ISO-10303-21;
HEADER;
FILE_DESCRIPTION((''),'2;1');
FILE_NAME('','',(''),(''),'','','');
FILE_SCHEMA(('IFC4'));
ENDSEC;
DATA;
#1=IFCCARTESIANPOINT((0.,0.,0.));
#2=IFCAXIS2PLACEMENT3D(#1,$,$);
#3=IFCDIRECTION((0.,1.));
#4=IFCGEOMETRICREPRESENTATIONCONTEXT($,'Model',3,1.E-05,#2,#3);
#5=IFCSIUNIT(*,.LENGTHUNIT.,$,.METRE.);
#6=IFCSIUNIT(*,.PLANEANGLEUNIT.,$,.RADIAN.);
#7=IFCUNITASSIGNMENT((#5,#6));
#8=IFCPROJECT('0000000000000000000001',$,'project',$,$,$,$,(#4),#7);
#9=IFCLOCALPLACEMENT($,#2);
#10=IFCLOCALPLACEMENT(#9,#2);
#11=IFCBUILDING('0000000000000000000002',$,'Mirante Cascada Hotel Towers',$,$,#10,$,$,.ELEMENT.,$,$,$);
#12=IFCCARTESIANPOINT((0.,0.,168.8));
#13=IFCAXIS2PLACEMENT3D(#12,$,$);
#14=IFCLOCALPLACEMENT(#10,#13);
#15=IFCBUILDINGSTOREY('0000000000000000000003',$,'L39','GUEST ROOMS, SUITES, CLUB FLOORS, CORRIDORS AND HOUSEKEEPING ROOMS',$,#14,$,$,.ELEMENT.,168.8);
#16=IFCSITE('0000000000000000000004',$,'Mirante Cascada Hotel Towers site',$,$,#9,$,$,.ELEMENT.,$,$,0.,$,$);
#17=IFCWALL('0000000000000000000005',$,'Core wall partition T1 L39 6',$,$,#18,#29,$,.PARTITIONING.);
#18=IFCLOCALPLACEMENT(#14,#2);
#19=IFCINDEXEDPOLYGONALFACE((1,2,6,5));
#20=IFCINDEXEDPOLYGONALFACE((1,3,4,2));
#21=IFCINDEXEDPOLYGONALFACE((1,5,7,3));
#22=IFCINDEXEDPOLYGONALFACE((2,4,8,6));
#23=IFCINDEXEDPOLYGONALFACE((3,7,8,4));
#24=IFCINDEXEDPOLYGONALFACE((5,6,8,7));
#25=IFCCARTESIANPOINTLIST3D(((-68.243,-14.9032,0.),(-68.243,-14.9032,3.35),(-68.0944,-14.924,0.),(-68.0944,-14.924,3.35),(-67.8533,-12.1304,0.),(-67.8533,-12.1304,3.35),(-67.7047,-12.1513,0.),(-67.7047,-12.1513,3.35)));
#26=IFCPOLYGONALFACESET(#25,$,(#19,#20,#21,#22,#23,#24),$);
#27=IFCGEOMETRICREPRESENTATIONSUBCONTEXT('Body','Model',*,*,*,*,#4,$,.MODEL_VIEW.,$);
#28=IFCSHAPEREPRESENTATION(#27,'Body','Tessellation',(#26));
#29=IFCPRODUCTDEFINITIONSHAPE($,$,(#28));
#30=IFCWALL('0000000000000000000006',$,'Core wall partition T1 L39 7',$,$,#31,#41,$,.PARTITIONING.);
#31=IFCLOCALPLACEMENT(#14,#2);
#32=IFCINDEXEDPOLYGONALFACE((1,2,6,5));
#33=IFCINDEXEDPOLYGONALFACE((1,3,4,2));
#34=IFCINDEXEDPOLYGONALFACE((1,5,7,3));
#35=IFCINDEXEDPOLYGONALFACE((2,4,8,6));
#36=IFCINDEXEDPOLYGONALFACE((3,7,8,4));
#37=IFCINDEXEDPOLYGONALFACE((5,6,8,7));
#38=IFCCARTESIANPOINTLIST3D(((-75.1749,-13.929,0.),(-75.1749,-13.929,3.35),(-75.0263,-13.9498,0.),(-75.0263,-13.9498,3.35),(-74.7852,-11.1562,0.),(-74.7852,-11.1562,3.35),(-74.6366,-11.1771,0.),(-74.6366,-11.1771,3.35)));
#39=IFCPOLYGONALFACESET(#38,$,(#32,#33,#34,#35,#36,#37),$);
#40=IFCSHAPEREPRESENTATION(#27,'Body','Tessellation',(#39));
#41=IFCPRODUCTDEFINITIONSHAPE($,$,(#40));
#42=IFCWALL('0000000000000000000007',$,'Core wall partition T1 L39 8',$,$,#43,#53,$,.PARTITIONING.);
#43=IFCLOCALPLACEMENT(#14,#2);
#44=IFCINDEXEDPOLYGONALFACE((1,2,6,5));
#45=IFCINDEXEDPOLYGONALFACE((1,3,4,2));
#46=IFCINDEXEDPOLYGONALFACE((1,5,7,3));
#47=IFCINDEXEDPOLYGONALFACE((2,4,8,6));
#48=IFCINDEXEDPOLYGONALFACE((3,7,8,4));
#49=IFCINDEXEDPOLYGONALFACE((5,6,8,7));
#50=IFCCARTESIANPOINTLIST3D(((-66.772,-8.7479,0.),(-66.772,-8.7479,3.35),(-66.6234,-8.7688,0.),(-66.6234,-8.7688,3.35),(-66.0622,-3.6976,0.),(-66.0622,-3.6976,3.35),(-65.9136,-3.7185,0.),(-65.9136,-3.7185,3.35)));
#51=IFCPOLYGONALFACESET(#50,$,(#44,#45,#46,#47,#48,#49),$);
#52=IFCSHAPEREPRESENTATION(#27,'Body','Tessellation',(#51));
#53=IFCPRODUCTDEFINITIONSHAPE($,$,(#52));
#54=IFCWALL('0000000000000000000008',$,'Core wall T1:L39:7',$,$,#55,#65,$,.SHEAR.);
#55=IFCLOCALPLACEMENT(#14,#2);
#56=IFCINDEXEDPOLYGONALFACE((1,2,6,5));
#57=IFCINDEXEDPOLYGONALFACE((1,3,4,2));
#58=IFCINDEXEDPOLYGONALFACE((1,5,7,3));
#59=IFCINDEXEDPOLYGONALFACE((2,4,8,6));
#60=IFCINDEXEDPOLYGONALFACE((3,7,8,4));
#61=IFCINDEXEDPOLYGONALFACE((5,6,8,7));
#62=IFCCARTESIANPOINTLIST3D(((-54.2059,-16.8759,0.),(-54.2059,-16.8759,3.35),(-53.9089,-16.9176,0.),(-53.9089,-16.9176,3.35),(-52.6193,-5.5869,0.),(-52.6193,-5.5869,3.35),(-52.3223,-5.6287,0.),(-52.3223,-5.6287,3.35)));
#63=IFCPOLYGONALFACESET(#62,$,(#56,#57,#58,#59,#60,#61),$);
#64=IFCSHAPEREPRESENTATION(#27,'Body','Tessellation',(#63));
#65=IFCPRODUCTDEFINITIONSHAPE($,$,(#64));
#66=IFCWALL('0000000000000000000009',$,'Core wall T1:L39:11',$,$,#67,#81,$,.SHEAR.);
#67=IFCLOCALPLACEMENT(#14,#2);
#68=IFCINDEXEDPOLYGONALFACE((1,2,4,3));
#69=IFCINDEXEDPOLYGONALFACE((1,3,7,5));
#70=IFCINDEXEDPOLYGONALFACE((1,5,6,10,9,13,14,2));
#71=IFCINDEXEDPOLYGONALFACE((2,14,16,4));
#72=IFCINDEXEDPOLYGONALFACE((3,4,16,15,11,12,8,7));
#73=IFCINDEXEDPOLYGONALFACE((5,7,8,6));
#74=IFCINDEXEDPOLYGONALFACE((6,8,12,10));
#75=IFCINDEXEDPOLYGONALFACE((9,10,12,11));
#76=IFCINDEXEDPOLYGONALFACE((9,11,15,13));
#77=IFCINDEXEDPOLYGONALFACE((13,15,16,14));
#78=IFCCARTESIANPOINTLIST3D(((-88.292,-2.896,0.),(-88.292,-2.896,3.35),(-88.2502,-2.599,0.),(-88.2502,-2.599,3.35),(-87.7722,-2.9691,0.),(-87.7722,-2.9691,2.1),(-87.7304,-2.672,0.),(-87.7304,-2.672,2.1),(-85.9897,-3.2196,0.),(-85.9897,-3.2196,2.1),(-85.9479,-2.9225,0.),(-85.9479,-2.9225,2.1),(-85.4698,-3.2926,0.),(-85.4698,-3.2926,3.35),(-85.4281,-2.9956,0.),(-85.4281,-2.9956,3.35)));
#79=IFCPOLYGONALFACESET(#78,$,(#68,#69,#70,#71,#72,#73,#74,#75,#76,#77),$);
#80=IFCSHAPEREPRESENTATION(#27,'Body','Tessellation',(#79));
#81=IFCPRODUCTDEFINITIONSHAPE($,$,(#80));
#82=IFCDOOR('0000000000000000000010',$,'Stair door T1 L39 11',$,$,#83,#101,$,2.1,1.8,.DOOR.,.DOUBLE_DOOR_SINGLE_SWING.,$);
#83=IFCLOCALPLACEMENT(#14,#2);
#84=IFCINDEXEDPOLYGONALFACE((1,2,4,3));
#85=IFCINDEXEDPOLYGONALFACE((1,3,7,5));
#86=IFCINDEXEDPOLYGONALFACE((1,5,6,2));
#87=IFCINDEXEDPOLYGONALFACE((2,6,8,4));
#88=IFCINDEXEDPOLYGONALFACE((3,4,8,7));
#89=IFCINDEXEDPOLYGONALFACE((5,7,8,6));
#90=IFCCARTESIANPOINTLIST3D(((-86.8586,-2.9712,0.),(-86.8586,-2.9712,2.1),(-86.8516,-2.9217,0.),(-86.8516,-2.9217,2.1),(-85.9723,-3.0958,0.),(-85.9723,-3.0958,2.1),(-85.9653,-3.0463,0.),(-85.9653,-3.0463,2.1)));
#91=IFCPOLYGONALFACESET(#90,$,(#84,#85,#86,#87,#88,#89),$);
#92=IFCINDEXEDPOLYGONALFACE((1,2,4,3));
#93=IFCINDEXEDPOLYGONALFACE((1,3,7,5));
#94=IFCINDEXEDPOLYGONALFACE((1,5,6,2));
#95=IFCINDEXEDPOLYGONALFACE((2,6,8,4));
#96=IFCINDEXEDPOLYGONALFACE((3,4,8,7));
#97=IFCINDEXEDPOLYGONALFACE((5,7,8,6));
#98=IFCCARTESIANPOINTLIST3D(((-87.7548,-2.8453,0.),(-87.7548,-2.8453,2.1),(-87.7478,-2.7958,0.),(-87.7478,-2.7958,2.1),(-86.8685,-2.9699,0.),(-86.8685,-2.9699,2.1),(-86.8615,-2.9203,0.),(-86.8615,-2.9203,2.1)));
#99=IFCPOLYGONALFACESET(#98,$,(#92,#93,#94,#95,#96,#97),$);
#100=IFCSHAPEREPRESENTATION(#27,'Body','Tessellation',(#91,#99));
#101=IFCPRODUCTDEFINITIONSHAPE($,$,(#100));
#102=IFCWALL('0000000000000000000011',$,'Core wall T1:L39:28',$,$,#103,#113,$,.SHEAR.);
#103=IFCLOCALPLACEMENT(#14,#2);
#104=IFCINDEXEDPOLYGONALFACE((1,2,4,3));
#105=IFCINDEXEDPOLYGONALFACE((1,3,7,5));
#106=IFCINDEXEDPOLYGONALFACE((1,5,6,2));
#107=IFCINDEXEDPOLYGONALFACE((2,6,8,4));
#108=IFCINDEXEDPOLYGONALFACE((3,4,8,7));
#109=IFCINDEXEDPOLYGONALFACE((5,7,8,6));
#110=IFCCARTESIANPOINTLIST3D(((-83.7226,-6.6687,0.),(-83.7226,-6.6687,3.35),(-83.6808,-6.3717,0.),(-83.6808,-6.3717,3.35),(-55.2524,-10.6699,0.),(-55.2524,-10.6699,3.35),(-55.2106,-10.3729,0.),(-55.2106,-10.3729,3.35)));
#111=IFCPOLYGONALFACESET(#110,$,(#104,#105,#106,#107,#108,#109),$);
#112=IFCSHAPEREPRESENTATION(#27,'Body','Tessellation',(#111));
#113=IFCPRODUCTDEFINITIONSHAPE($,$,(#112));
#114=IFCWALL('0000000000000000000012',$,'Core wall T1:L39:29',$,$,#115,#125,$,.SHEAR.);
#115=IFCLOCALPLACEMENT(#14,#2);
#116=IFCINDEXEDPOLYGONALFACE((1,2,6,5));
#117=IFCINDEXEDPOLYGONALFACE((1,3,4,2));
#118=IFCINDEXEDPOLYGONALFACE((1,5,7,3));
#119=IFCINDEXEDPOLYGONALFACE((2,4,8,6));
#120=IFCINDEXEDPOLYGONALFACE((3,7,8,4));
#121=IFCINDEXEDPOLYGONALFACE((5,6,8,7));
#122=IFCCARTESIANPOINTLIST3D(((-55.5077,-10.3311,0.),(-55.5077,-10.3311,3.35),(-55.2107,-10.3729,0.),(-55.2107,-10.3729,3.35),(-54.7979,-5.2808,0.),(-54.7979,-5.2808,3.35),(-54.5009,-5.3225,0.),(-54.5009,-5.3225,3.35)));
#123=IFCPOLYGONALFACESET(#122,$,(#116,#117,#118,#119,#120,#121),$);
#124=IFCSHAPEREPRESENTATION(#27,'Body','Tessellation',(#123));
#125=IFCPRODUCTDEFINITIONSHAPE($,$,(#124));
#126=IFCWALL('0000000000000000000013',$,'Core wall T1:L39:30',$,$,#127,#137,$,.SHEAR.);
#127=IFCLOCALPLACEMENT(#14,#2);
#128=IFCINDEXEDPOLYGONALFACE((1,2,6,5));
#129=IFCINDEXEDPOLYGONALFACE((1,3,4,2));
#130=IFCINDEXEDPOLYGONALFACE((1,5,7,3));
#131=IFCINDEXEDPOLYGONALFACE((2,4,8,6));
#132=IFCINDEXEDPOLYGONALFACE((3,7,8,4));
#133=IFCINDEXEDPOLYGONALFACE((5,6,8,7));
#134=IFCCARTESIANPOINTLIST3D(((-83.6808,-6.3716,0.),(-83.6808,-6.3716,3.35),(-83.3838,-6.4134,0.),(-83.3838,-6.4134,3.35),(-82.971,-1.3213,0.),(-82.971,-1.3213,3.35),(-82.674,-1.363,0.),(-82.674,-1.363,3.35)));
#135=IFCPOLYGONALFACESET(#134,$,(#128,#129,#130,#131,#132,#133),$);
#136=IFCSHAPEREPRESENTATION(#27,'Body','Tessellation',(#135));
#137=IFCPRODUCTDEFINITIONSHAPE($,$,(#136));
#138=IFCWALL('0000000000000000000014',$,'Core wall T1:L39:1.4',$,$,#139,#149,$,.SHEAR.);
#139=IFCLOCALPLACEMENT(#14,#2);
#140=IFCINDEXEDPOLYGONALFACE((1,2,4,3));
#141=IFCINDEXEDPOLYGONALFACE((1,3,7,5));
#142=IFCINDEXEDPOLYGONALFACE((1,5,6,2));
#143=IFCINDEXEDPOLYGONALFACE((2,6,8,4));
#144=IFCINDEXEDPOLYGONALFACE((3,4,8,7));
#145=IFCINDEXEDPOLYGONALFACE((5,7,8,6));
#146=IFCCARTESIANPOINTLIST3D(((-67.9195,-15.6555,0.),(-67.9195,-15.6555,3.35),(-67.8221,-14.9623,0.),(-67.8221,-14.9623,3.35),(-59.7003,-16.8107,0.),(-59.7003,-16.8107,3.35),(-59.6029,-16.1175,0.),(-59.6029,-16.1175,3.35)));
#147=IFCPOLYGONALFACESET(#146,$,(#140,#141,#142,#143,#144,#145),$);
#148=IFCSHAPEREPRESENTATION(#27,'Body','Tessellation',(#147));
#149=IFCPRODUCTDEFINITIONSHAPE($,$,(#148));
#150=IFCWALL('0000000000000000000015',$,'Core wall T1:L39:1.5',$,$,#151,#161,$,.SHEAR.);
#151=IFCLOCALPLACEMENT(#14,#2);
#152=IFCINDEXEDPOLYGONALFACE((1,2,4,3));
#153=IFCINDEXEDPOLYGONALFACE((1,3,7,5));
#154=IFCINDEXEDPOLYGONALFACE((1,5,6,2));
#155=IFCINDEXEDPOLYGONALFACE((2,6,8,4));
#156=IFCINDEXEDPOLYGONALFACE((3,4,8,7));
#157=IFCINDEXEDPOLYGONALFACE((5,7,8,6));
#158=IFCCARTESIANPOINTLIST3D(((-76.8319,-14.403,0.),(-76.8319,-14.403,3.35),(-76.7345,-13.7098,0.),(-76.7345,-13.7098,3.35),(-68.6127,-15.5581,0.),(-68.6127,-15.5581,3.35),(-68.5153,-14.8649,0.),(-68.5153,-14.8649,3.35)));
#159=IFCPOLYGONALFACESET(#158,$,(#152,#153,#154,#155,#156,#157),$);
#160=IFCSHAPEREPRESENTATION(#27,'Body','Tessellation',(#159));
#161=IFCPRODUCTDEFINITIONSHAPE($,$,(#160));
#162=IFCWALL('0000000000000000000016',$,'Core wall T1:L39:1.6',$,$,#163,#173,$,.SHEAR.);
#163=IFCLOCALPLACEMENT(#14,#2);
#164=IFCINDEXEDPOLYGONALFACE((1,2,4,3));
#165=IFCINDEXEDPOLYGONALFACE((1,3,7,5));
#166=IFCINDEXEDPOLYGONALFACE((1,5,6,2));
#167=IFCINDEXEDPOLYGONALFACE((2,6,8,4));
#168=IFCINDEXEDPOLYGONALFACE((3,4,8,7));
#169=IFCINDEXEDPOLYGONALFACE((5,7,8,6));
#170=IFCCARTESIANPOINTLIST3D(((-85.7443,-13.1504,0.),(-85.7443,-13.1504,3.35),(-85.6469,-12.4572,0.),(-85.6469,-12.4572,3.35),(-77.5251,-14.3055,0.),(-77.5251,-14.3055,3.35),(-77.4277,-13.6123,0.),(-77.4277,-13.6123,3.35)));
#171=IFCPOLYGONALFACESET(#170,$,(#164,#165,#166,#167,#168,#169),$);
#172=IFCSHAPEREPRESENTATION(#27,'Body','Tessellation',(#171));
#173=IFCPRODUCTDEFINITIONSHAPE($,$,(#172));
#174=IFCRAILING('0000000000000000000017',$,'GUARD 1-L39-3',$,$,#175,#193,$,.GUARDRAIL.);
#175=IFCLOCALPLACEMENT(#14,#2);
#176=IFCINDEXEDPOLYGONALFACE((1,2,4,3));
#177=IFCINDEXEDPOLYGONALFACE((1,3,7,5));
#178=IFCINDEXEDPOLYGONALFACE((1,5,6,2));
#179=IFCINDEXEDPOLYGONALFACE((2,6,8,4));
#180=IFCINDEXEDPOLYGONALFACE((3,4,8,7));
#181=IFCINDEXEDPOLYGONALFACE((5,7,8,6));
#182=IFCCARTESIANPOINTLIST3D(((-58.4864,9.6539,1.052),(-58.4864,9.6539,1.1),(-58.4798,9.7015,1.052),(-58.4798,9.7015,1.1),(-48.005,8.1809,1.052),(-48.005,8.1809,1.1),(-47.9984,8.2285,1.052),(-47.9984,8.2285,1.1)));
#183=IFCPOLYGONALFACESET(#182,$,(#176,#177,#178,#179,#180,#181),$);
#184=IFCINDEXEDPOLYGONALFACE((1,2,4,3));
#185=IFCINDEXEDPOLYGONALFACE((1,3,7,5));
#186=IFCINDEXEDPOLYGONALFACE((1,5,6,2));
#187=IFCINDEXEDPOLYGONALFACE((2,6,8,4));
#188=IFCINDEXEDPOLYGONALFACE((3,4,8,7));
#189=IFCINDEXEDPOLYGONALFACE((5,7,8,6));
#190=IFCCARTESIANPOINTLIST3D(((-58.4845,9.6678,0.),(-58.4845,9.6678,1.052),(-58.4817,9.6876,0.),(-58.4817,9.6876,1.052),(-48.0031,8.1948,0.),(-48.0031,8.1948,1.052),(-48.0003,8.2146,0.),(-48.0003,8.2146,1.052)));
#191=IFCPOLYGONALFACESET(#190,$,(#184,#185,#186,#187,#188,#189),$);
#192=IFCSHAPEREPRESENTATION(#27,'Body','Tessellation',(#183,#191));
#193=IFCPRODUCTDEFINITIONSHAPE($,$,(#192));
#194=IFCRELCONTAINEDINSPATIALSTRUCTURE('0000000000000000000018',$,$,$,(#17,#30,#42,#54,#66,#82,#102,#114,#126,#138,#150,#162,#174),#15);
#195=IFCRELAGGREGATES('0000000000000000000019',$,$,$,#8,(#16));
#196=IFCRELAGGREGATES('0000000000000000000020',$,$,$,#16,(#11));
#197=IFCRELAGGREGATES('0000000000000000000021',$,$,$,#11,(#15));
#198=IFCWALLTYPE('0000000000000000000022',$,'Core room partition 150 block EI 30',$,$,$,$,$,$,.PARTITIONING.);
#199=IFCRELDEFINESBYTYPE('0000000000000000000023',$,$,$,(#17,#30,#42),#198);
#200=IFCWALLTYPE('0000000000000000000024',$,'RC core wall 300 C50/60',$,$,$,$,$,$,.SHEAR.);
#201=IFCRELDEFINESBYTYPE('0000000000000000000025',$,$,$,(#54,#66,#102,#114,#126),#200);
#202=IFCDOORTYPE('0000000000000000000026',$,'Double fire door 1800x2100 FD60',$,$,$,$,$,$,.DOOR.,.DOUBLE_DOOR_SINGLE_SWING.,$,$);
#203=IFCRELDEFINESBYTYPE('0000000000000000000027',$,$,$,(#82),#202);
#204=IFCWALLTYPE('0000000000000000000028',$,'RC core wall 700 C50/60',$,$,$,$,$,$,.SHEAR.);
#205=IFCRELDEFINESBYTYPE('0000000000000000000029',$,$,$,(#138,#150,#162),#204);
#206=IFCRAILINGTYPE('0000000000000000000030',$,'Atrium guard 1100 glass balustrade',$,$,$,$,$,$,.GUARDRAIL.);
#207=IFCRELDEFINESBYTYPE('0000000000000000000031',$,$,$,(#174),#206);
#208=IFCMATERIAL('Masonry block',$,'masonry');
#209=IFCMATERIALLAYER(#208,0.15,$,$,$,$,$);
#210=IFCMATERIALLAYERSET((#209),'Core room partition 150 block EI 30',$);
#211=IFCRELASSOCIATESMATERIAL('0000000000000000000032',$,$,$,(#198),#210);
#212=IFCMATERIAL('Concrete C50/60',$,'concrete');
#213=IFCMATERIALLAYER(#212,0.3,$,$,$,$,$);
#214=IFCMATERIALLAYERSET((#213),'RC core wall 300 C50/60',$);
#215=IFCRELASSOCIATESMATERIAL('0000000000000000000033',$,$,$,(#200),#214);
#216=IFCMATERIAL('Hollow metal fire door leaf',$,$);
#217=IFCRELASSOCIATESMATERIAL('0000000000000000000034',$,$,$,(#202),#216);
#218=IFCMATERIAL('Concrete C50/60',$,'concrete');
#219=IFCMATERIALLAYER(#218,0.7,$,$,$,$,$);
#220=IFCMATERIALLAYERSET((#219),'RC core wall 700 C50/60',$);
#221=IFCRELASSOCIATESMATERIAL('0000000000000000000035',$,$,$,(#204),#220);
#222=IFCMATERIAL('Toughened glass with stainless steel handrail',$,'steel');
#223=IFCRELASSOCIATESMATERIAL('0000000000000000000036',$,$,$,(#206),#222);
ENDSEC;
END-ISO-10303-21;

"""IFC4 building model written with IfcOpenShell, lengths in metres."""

from ifc_helpers import new_model, si_unit, direction, frame, frame_2d, origin, origin_2d, place, context, subcontext, project, spatial, rectangle, extrude, material, layer, layer_set, type_object, element, fill, save


model = new_model("IFC4")

# Units and contexts
model_context = context("Model", 3, precision=1e-05, world=origin(), true_north=direction((0.0, 1.0)))
body_context = subcontext(model_context, "Body", "Model", "MODEL_VIEW")
ifc_project = project(units=[si_unit("LENGTHUNIT", "METRE"), si_unit("PLANEANGLEUNIT", "RADIAN")], contexts=[model_context])

# Site, building, storey
site_placement = place(None, origin())
site = spatial("IfcSite", under=ifc_project, at=site_placement, Name="Mirante Cascada Hotel Towers site", CompositionType="ELEMENT", RefElevation=0.0)
building_placement = place(site_placement, origin())
building = spatial("IfcBuilding", under=site, at=building_placement, Name="Mirante Cascada Hotel Towers", CompositionType="ELEMENT")
storey_placement = place(building_placement, frame((0.0, 0.0, 168.8)))
storey = spatial("IfcBuildingStorey", under=building, at=storey_placement, Name="L39", Description="GUEST ROOMS, SUITES, CLUB FLOORS, CORRIDORS AND HOUSEKEEPING ROOMS", CompositionType="ELEMENT", Elevation=168.8)

# Walls
ifc_material_1 = material(Name="Masonry block", Category="masonry")
ifc_layer_1 = layer(ifc_material_1, 0.15)
ifc_layer_set_1 = layer_set([ifc_layer_1], Name="Core room partition 150 block EI 30")
wall_type_1 = type_object("IfcWallType", Name="Core room partition 150 block EI 30", PredefinedType="PARTITIONING", material=ifc_layer_set_1)
for number, where, z_axis, x_axis, name in (
    (1, (-68.1687, -14.9136, 0.0), (0.0, 0.0, 1.0), (0.139181, 0.990267, 0.0), "Core wall partition T1 L39 6"),
    (2, (-75.1006, -13.9394, 0.0), (0.0, 0.0, 1.0), (0.139181, 0.990267, 0.0), "Core wall partition T1 L39 7"),
):
    element("IfcWall", number, at=place(storey_placement, frame(where, z_axis=z_axis, x_axis=x_axis)), inside=storey, type_object=wall_type_1, Name=name, PredefinedType="PARTITIONING", context=body_context, shape_type="SweptSolid", body=[
        extrude(rectangle(XDim=2.8, YDim=0.15, at=frame_2d((1.4, 0.0))), origin(), (0.0, 0.0, 1.0), 3.35),
    ])
wall_1_placement = place(storey_placement, frame((-66.6977, -8.7584, 0.0), z_axis=(0.0, 0.0, 1.0), x_axis=(0.139178, 0.990267, 0.0)))
element("IfcWall", 3, at=wall_1_placement, inside=storey, type_object=wall_type_1, Name="Core wall partition T1 L39 8", PredefinedType="PARTITIONING", context=body_context, shape_type="SweptSolid", body=[
    extrude(rectangle(XDim=5.0999, YDim=0.15, at=frame_2d((2.55, 0.0))), origin(), (0.0, 0.0, 1.0), 3.35),
])
ifc_material_2 = material(Name="Concrete C50/60", Category="concrete")
ifc_layer_2 = layer(ifc_material_2, 0.3)
ifc_layer_set_2 = layer_set([ifc_layer_2], Name="RC core wall 300 C50/60")
wall_type_2 = type_object("IfcWallType", Name="RC core wall 300 C50/60", PredefinedType="SHEAR", material=ifc_layer_set_2)
wall_2_placement = place(storey_placement, frame((-54.0574, -16.8968, 0.0), z_axis=(0.0, 0.0, 1.0), x_axis=(0.139176, 0.990268, 0.0)))
element("IfcWall", 4, at=wall_2_placement, inside=storey, type_object=wall_type_2, Name="Core wall T1:L39:7", PredefinedType="SHEAR", context=body_context, shape_type="SweptSolid", body=[
    extrude(rectangle(XDim=11.3999, YDim=0.3, at=frame_2d((5.7, 0.0))), origin(), (0.0, 0.0, 1.0), 3.35),
])

# Wall, opening, door
wall_3_placement = place(storey_placement, frame((-85.4489, -3.1441, 0.0), z_axis=(0.0, 0.0, 1.0), x_axis=(-0.99027, 0.139161, 0.0)))
wall_3 = element("IfcWall", 5, at=wall_3_placement, inside=storey, type_object=wall_type_2, Name="Core wall T1:L39:11", PredefinedType="SHEAR", context=body_context, shape_type="SweptSolid", body=[
    extrude(rectangle(XDim=2.8499, YDim=0.3, at=frame_2d((1.425, 0.0))), origin(), (0.0, 0.0, 1.0), 3.35),
])
opening_1_placement = place(wall_3_placement, frame((0.525, 0.0, 0.0)))
opening_1 = element("IfcOpeningElement", 6, at=opening_1_placement, cuts=wall_3, PredefinedType="OPENING", context=body_context, shape_type="SweptSolid", body=[
    extrude(rectangle(XDim=1.8, YDim=2.1, at=frame_2d((0.9, 1.05))), frame((0.0, 0.15, 0.0), z_axis=(0.0, -1.0, 0.0), x_axis=(1.0, 0.0, 0.0)), (0.0, 0.0, 1.0), 0.3),
])
ifc_material_3 = material(Name="Hollow metal fire door leaf")
door_type_1 = type_object("IfcDoorType", Name="Double fire door 1800x2100 FD60", OperationType="DOUBLE_DOOR_SINGLE_SWING", PredefinedType="DOOR", material=ifc_material_3)
door_1_placement = place(opening_1_placement, origin())
door_1 = element("IfcDoor", 7, at=door_1_placement, inside=storey, type_object=door_type_1, Name="Stair door T1 L39 11", OperationType="DOUBLE_DOOR_SINGLE_SWING", OverallHeight=2.1, OverallWidth=1.8, PredefinedType="DOOR", context=body_context, shape_type="SweptSolid", body=[
    extrude(rectangle(XDim=0.895, YDim=2.1, at=frame_2d((0.4475, 1.05))), frame((0.0, 0.025, 0.0), z_axis=(0.0, -1.0, 0.0), x_axis=(1.0, 0.0, 0.0)), (0.0, 0.0, 1.0), 0.05),
    extrude(rectangle(XDim=0.895, YDim=2.1, at=frame_2d((1.3525, 1.05))), frame((0.0, 0.025, 0.0), z_axis=(0.0, -1.0, 0.0), x_axis=(1.0, 0.0, 0.0)), (0.0, 0.0, 1.0), 0.05),
])
fill(opening_1, door_1)

# Walls
wall_4_placement = place(storey_placement, frame((-55.2315, -10.5214, 0.0), z_axis=(0.0, 0.0, 1.0), x_axis=(-0.990268, 0.139172, 0.0)))
element("IfcWall", 8, at=wall_4_placement, inside=storey, type_object=wall_type_2, Name="Core wall T1:L39:28", PredefinedType="SHEAR", context=body_context, shape_type="SweptSolid", body=[
    extrude(rectangle(XDim=28.75, YDim=0.3, at=frame_2d((14.375, 0.0))), origin(), (0.0, 0.0, 1.0), 3.35),
])
for number, where, z_axis, x_axis, name in (
    (9, (-55.3592, -10.352, 0.0), (0.0, 0.0, 1.0), (0.139176, 0.990268, 0.0), "Core wall T1:L39:29"),
    (10, (-83.5323, -6.3925, 0.0), (0.0, 0.0, 1.0), (0.139176, 0.990268, 0.0), "Core wall T1:L39:30"),
):
    element("IfcWall", number, at=place(storey_placement, frame(where, z_axis=z_axis, x_axis=x_axis)), inside=storey, type_object=wall_type_2, Name=name, PredefinedType="SHEAR", context=body_context, shape_type="SweptSolid", body=[
        extrude(rectangle(XDim=5.1, YDim=0.3, at=frame_2d((2.55, 0.0))), origin(), (0.0, 0.0, 1.0), 3.35),
    ])
ifc_material_4 = material(Name="Concrete C50/60", Category="concrete")
ifc_layer_3 = layer(ifc_material_4, 0.7)
ifc_layer_set_3 = layer_set([ifc_layer_3], Name="RC core wall 700 C50/60")
wall_type_3 = type_object("IfcWallType", Name="RC core wall 700 C50/60", PredefinedType="SHEAR", material=ifc_layer_set_3)
for number, where, z_axis, x_axis, name in (
    (11, (-59.6516, -16.4641, 0.0), (0.0, 0.0, 1.0), (-0.990267, 0.139181, 0.0), "Core wall T1:L39:1.4"),
    (12, (-68.564, -15.2115, 0.0), (0.0, 0.0, 1.0), (-0.990269, 0.139169, 0.0), "Core wall T1:L39:1.5"),
    (13, (-77.4764, -13.9589, 0.0), (0.0, 0.0, 1.0), (-0.990269, 0.139169, 0.0), "Core wall T1:L39:1.6"),
):
    element("IfcWall", number, at=place(storey_placement, frame(where, z_axis=z_axis, x_axis=x_axis)), inside=storey, type_object=wall_type_3, Name=name, PredefinedType="SHEAR", context=body_context, shape_type="SweptSolid", body=[
        extrude(rectangle(XDim=8.3, YDim=0.7, at=frame_2d((4.15, 0.0))), origin(), (0.0, 0.0, 1.0), 3.35),
    ])

# Railing
ifc_material_5 = material(Name="Toughened glass with stainless steel handrail", Category="steel")
railing_type = type_object("IfcRailingType", Name="Atrium guard 1100 glass balustrade", PredefinedType="GUARDRAIL", material=ifc_material_5)
railing_1_placement = place(storey_placement, frame((-58.4831, 9.6777, 0.0)))
element("IfcRailing", 14, at=railing_1_placement, inside=storey, type_object=railing_type, Name="GUARD 1-L39-3", PredefinedType="GUARDRAIL", context=body_context, shape_type="SweptSolid", body=[
    extrude(rectangle(XDim=0.048, YDim=0.048, at=origin_2d()), frame((0.0, 0.0, 1.076), z_axis=(0.990269, -0.139167, 0.0), x_axis=(0.139167, 0.990269, 0.0)), (0.0, 0.0, 1.0), 10.5844),
    extrude(rectangle(XDim=0.02, YDim=1.052, at=origin_2d()), frame((0.0, 0.0, 0.526), z_axis=(0.990269, -0.139167, 0.0), x_axis=(0.139167, 0.990269, 0.0)), (0.0, 0.0, 1.0), 10.5844),
])

save(model, "model.ifc")
